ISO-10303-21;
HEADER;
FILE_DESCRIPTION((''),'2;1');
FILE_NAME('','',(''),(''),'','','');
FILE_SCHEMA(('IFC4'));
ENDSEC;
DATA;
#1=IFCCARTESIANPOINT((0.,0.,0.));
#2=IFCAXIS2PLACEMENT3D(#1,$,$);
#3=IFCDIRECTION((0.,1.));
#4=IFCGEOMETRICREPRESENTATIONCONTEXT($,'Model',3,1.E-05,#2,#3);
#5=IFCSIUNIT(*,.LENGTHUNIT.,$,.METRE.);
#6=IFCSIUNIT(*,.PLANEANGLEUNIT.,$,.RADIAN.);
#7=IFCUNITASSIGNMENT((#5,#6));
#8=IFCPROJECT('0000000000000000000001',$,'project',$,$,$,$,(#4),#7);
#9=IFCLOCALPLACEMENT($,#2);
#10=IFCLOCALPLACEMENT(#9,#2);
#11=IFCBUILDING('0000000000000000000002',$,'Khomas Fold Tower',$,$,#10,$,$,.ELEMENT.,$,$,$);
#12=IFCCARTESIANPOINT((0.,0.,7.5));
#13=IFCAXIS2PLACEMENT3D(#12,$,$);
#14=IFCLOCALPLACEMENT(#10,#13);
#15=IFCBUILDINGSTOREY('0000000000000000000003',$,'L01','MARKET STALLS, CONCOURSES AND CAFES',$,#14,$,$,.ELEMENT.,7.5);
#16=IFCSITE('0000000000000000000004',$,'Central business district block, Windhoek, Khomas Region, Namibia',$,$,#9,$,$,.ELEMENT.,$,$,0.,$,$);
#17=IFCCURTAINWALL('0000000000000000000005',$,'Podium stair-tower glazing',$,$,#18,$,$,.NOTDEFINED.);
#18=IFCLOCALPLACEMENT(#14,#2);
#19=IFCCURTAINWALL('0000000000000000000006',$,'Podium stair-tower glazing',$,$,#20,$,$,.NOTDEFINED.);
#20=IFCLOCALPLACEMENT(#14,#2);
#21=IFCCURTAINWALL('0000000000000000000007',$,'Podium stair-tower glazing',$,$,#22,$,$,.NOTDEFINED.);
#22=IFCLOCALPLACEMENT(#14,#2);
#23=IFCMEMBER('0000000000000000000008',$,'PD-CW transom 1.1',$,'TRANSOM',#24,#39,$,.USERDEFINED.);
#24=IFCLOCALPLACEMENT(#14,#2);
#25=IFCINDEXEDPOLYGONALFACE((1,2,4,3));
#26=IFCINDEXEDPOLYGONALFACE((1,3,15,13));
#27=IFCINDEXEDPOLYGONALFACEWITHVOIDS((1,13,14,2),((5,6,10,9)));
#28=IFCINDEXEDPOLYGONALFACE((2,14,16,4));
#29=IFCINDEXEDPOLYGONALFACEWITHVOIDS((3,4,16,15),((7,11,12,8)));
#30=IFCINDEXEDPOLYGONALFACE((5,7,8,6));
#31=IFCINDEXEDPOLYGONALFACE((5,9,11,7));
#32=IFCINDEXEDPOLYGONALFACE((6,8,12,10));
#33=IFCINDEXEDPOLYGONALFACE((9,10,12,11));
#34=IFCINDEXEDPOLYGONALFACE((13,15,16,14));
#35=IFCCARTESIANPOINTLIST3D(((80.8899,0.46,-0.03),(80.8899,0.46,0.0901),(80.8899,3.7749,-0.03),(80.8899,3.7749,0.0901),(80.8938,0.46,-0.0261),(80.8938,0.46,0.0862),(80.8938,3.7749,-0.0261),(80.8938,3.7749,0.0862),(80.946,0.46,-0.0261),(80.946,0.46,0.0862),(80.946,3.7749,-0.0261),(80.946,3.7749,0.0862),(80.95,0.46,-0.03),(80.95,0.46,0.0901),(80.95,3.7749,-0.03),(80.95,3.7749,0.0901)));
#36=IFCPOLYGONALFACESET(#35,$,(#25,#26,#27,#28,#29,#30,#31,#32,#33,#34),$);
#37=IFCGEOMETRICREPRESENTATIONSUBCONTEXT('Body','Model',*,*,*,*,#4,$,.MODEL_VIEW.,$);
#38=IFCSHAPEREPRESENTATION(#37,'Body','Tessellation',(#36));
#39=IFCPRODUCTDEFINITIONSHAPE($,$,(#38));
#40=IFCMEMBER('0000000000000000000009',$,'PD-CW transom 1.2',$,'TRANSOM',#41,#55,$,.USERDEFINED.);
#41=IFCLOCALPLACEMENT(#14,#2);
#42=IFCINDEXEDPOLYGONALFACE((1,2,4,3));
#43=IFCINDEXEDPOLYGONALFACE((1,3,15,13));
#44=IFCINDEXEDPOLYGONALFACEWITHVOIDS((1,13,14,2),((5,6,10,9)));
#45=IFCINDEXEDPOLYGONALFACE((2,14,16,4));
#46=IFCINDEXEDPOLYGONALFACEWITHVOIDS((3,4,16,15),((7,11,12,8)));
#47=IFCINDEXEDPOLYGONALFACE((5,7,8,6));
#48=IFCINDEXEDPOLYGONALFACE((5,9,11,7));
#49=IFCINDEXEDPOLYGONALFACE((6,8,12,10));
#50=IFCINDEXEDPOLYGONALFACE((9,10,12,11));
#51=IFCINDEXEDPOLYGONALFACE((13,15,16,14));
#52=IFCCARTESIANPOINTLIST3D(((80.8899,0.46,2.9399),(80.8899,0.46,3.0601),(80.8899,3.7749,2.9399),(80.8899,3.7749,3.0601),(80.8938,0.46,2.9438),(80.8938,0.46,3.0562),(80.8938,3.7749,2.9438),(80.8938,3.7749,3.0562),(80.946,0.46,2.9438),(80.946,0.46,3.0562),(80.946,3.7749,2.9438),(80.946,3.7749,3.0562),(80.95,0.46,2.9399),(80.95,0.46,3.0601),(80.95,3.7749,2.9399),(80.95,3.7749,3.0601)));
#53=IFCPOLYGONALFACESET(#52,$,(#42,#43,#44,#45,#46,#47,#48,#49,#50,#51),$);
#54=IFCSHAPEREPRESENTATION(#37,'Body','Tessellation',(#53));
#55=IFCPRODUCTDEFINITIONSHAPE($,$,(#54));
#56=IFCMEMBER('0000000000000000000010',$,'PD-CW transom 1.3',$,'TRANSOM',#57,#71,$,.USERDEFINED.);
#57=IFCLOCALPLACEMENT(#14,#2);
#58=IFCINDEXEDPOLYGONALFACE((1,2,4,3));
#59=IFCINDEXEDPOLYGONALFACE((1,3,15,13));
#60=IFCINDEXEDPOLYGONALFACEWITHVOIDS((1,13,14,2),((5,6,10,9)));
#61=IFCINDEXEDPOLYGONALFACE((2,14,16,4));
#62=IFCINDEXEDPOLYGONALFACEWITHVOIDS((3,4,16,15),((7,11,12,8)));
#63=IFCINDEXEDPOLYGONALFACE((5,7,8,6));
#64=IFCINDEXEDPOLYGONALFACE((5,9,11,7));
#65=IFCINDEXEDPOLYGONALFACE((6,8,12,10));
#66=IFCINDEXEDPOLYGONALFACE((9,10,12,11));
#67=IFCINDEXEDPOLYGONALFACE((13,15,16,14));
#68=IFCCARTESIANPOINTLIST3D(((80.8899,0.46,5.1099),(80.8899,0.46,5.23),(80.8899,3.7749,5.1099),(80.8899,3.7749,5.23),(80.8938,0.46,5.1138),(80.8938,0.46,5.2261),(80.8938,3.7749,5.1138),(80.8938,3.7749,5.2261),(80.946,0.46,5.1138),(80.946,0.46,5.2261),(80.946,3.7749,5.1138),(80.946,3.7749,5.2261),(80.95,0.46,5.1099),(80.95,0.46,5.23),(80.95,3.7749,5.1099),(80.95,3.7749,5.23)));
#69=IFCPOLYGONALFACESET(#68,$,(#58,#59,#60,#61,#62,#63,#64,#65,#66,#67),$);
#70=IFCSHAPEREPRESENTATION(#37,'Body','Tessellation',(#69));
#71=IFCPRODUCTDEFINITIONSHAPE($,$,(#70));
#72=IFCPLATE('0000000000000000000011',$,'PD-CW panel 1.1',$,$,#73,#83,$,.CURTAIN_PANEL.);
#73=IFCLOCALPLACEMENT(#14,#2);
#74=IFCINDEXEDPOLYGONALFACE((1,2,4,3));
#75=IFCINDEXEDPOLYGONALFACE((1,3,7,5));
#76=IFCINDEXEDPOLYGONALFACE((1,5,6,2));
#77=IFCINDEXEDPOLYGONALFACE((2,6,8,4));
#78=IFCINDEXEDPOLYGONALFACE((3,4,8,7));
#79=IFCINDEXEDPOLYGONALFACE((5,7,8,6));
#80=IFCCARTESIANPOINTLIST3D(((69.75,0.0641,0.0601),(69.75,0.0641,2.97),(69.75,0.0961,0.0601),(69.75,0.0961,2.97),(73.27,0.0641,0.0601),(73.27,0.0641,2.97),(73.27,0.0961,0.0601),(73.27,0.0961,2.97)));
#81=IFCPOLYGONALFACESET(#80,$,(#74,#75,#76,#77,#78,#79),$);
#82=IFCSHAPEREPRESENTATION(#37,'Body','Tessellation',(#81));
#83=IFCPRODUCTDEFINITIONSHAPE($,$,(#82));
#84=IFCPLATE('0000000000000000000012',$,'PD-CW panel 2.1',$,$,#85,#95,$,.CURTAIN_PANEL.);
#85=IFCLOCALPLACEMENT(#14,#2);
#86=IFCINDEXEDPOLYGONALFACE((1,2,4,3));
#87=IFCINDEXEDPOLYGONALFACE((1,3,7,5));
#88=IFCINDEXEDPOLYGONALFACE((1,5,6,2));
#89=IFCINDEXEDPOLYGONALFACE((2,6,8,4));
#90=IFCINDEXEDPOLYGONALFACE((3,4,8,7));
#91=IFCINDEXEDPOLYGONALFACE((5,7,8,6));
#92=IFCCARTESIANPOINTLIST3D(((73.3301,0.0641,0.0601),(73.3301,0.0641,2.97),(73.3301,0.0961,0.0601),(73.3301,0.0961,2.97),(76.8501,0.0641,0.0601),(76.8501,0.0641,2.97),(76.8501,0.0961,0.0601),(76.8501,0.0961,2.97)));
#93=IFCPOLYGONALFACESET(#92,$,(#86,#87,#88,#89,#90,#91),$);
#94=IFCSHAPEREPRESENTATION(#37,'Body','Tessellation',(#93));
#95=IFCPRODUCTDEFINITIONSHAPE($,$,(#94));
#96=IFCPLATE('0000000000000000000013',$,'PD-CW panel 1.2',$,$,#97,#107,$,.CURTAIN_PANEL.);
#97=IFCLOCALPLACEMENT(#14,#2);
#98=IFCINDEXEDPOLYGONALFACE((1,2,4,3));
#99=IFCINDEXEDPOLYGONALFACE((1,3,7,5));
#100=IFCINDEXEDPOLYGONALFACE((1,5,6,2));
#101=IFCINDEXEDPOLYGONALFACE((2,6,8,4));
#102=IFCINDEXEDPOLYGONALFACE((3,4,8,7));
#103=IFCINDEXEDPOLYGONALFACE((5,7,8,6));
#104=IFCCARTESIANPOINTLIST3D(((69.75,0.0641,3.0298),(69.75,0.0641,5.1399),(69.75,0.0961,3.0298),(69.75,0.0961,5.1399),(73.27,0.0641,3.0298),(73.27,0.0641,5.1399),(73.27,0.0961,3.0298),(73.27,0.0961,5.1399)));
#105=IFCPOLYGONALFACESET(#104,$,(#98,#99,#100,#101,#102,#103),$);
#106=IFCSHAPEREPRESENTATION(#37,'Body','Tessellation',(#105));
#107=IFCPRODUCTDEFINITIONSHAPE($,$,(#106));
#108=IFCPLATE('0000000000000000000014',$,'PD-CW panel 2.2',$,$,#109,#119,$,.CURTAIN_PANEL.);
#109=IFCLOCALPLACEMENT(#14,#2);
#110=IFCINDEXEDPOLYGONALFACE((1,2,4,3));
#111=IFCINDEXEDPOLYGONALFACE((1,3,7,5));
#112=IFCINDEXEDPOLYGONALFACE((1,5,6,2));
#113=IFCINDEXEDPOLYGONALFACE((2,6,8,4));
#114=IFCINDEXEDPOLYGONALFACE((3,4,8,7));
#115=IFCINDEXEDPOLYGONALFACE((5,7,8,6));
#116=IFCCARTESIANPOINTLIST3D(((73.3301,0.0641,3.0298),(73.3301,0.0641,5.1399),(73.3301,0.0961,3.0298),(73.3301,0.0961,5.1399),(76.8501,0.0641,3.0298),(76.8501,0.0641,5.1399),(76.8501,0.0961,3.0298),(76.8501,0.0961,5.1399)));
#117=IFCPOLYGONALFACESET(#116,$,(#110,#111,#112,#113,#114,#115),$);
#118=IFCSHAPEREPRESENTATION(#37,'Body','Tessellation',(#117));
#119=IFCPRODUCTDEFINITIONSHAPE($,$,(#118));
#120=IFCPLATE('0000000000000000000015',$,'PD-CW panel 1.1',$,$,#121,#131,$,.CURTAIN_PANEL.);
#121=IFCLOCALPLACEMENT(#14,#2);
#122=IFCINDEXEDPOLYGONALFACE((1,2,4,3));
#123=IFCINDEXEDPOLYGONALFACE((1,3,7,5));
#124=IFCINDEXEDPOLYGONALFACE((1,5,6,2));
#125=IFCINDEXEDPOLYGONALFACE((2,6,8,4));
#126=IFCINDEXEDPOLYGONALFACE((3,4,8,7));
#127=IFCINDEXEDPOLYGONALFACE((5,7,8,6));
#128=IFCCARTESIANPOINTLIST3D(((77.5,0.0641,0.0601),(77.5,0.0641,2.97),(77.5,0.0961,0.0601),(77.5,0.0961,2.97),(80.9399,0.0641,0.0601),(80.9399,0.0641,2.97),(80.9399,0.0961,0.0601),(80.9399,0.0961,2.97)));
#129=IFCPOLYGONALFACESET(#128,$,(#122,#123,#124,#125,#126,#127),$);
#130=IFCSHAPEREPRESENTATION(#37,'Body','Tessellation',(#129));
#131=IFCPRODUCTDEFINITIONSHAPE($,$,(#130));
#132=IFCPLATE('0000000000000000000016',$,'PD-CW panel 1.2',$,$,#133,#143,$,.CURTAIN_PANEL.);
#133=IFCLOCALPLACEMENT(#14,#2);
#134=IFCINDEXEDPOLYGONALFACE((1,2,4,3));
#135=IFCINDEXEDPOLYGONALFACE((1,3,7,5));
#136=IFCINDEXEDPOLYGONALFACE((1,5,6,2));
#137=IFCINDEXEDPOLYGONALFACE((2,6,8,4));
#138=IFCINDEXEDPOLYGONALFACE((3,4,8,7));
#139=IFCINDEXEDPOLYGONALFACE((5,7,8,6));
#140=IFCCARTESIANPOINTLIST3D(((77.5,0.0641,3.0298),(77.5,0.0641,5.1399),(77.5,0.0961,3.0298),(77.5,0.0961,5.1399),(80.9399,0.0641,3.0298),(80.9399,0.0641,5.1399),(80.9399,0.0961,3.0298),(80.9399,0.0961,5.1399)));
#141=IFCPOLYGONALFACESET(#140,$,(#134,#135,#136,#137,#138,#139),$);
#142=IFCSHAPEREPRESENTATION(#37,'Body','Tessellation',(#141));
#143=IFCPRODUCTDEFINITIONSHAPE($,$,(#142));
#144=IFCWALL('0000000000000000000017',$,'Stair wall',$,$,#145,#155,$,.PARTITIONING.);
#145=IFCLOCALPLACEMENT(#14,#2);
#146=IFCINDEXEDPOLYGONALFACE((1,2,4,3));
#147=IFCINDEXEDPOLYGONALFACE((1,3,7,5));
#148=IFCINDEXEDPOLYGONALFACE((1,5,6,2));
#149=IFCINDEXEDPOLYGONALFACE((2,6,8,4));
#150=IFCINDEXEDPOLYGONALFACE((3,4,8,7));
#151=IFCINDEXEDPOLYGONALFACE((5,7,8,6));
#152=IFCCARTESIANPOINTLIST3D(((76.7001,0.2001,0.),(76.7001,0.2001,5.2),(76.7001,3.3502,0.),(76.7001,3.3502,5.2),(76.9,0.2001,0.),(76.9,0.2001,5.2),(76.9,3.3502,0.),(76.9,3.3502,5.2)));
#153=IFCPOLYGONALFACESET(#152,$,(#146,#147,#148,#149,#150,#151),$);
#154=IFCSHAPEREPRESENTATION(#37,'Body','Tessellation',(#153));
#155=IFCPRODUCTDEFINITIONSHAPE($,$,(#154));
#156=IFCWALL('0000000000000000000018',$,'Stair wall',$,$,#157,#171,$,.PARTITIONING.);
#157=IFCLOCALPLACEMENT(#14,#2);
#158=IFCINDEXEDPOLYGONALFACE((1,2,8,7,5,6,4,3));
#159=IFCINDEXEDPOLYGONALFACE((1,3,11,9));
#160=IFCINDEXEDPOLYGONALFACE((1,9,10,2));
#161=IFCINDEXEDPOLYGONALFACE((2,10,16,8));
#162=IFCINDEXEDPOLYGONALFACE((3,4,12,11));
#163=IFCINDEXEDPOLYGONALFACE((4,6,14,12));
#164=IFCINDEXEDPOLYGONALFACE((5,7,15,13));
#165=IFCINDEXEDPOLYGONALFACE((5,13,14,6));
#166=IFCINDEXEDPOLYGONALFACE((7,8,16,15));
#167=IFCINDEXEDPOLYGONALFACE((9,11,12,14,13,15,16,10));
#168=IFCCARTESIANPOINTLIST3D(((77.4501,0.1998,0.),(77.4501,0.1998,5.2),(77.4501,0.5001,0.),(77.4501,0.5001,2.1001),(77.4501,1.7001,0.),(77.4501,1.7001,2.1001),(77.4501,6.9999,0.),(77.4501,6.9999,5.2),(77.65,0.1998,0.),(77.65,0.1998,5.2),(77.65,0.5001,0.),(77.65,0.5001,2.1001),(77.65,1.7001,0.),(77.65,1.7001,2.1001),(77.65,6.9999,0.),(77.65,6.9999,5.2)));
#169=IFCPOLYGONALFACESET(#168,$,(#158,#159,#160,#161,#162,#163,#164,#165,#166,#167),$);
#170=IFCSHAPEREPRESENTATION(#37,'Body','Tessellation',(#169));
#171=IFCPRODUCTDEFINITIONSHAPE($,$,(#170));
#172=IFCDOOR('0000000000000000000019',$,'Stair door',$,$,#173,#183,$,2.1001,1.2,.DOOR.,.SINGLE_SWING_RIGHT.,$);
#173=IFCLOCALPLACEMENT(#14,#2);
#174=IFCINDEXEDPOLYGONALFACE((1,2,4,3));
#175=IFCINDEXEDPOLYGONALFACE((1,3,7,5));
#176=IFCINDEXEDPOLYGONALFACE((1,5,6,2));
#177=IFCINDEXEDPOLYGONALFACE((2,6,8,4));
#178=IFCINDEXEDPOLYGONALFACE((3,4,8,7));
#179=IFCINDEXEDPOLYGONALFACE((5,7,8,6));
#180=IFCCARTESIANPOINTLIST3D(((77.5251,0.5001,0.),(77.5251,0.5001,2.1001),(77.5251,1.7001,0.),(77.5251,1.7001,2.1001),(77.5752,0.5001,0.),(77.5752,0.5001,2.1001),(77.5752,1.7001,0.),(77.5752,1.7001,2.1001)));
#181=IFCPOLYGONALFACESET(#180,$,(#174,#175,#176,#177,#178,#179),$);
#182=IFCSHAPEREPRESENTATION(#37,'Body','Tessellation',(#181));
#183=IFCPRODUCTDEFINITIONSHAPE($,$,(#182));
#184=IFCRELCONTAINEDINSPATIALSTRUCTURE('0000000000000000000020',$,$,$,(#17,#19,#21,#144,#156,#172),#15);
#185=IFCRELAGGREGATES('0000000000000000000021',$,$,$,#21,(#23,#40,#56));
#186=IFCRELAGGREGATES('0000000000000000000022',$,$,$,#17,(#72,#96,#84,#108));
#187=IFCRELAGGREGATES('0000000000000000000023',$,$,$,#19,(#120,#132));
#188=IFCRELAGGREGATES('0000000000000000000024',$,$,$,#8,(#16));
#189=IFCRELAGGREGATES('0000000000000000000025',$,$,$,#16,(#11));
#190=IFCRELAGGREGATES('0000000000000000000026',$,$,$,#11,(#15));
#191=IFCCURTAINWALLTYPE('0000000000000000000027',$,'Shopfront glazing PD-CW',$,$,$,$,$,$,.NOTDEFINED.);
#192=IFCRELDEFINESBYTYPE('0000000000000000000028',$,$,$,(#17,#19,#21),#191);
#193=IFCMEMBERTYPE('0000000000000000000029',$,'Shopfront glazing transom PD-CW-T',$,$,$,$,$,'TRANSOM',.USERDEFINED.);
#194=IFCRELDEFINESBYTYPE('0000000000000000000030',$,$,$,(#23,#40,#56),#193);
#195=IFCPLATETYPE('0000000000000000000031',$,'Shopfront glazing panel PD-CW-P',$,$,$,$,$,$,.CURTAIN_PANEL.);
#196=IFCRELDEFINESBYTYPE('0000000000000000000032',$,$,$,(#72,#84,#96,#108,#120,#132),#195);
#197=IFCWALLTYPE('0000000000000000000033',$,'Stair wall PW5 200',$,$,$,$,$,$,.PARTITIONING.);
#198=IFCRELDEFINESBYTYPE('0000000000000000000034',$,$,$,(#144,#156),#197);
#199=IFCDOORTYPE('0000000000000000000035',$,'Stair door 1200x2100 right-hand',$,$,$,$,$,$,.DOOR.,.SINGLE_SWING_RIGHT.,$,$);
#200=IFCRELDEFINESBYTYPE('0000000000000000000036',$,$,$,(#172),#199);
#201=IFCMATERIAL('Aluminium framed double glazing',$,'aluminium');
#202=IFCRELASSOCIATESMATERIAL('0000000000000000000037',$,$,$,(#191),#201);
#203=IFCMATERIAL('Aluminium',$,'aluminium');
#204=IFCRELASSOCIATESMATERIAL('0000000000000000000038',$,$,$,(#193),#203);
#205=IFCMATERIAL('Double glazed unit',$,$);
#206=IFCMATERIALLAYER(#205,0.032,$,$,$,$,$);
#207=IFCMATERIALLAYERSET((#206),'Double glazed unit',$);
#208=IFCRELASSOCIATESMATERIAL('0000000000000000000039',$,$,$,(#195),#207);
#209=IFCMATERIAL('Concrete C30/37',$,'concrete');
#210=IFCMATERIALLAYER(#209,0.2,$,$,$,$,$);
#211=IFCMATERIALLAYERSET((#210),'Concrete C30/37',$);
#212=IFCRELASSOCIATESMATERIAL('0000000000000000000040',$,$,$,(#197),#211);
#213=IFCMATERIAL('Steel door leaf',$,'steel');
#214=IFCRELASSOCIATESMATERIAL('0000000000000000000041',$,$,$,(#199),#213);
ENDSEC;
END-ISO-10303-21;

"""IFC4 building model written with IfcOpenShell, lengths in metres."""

from ifc_helpers import new_model, si_unit, direction, frame, frame_2d, origin, origin_2d, place, context, subcontext, project, spatial, rectangle, hollow_rectangle, extrude, source, transform, mapped, material, layer, layer_set, material_profile, profile_set, type_object, element, fill, aggregate, save


model = new_model("IFC4")

# Units and contexts
model_context = context("Model", 3, precision=1e-05, world=origin(), true_north=direction((0.0, 1.0)))
body_context = subcontext(model_context, "Body", "Model", "MODEL_VIEW")
ifc_project = project(units=[si_unit("LENGTHUNIT", "METRE"), si_unit("PLANEANGLEUNIT", "RADIAN")], contexts=[model_context])

# Site, building, storey
site_placement = place(None, origin())
site = spatial("IfcSite", under=ifc_project, at=site_placement, Name="Central business district block, Windhoek, Khomas Region, Namibia", CompositionType="ELEMENT", RefElevation=0.0)
building_placement = place(site_placement, origin())
building = spatial("IfcBuilding", under=site, at=building_placement, Name="Khomas Fold Tower", CompositionType="ELEMENT")
storey_placement = place(building_placement, frame((0.0, 0.0, 7.5)))
storey = spatial("IfcBuildingStorey", under=building, at=storey_placement, Name="L01", Description="MARKET STALLS, CONCOURSES AND CAFES", CompositionType="ELEMENT", Elevation=7.5)

# Curtain walls
ifc_material_1 = material(Name="Aluminium framed double glazing", Category="aluminium")
curtain_wall_type = type_object("IfcCurtainWallType", Name="Shopfront glazing PD-CW", PredefinedType="NOTDEFINED", material=ifc_material_1)
curtain_wall_1_placement = place(storey_placement, origin())
curtain_wall_1 = element("IfcCurtainWall", 1, at=curtain_wall_1_placement, inside=storey, type_object=curtain_wall_type, Name="Podium stair-tower glazing", PredefinedType="NOTDEFINED")
curtain_wall_2_placement = place(storey_placement, origin())
curtain_wall_2 = element("IfcCurtainWall", 2, at=curtain_wall_2_placement, inside=storey, type_object=curtain_wall_type, Name="Podium stair-tower glazing", PredefinedType="NOTDEFINED")

# Curtain wall
curtain_wall_3_placement = place(storey_placement, origin())
curtain_wall_3 = element("IfcCurtainWall", 3, at=curtain_wall_3_placement, inside=storey, type_object=curtain_wall_type, Name="Podium stair-tower glazing", PredefinedType="NOTDEFINED")

# Members
ifc_material_2 = material(Name="Aluminium", Category="aluminium")
ifc_material_profile_1 = material_profile(ifc_material_2, hollow_rectangle(XDim=0.0601, YDim=0.1201, WallThickness=0.0039, at=origin_2d()), Name="Shopfront glazing transom PD-CW-T")
ifc_profile_set_1 = profile_set([ifc_material_profile_1], Name="Aluminium")
member_type_1 = type_object("IfcMemberType", Name="Shopfront glazing transom PD-CW-T", ElementType="TRANSOM", PredefinedType="USERDEFINED", material=ifc_profile_set_1)
shared_shape_1 = source(origin(), body_context, "Body", "SweptSolid", [
    extrude(hollow_rectangle(XDim=0.0601, YDim=0.1201, WallThickness=0.0039, at=origin_2d()), origin(), (0.0, 0.0, 1.0), 3.3149),
])
member_1_placement = place(storey_placement, frame((80.9199, 0.46, 0.03), z_axis=(0.0, 1.0, 0.0), x_axis=(-1.0, 0.0, 0.0)))
member_1 = element("IfcMember", 4, at=member_1_placement, type_object=member_type_1, Name="PD-CW transom 1.1", ObjectType="TRANSOM", PredefinedType="USERDEFINED", context=body_context, shape_type="MappedRepresentation", body=[
    mapped(shared_shape_1, transform((0.0, 0.0, 0.0))),
])
member_2_placement = place(storey_placement, frame((80.9199, 0.46, 3.0), z_axis=(0.0, 1.0, 0.0), x_axis=(-1.0, 0.0, 0.0)))
member_2 = element("IfcMember", 5, at=member_2_placement, type_object=member_type_1, Name="PD-CW transom 1.2", ObjectType="TRANSOM", PredefinedType="USERDEFINED", context=body_context, shape_type="MappedRepresentation", body=[
    mapped(shared_shape_1, transform((0.0, 0.0, 0.0))),
])
member_3_placement = place(storey_placement, frame((80.9199, 0.46, 5.1699), z_axis=(0.0, 1.0, 0.0), x_axis=(-1.0, 0.0, 0.0)))
member_3 = element("IfcMember", 6, at=member_3_placement, type_object=member_type_1, Name="PD-CW transom 1.3", ObjectType="TRANSOM", PredefinedType="USERDEFINED", context=body_context, shape_type="MappedRepresentation", body=[
    mapped(shared_shape_1, transform((0.0, 0.0, 0.0))),
])
aggregate(curtain_wall_3, [member_1, member_2, member_3])

# Plates
ifc_material_3 = material(Name="Double glazed unit")
ifc_layer_1 = layer(ifc_material_3, 0.032)
ifc_layer_set_1 = layer_set([ifc_layer_1], Name="Double glazed unit")
plate_type = type_object("IfcPlateType", Name="Shopfront glazing panel PD-CW-P", PredefinedType="CURTAIN_PANEL", material=ifc_layer_set_1)
shared_shape_2 = source(origin(), body_context, "Body", "SweptSolid", [
    extrude(rectangle(XDim=3.52, YDim=0.032, at=origin_2d()), origin(), (0.0, 0.0, 1.0), 2.9099),
])
plate_1_placement = place(storey_placement, frame((71.51, 0.0801, 0.0601), z_axis=(0.0, 0.0, 1.0), x_axis=(1.0, 0.0, 0.0)))
plate_1 = element("IfcPlate", 7, at=plate_1_placement, type_object=plate_type, Name="PD-CW panel 1.1", PredefinedType="CURTAIN_PANEL", context=body_context, shape_type="MappedRepresentation", body=[
    mapped(shared_shape_2, transform((0.0, 0.0, 0.0))),
])
plate_2_placement = place(storey_placement, frame((75.0901, 0.0801, 0.0601), z_axis=(0.0, 0.0, 1.0), x_axis=(1.0, 0.0, 0.0)))
plate_2 = element("IfcPlate", 8, at=plate_2_placement, type_object=plate_type, Name="PD-CW panel 2.1", PredefinedType="CURTAIN_PANEL", context=body_context, shape_type="MappedRepresentation", body=[
    mapped(shared_shape_2, transform((0.0, 0.0, 0.0))),
])
shared_shape_3 = source(origin(), body_context, "Body", "SweptSolid", [
    extrude(rectangle(XDim=3.52, YDim=0.032, at=origin_2d()), origin(), (0.0, 0.0, 1.0), 2.1101),
])
plate_3_placement = place(storey_placement, frame((71.51, 0.0801, 3.0298), z_axis=(0.0, 0.0, 1.0), x_axis=(1.0, 0.0, 0.0)))
plate_3 = element("IfcPlate", 9, at=plate_3_placement, type_object=plate_type, Name="PD-CW panel 1.2", PredefinedType="CURTAIN_PANEL", context=body_context, shape_type="MappedRepresentation", body=[
    mapped(shared_shape_3, transform((0.0, 0.0, 0.0))),
])
plate_4_placement = place(storey_placement, frame((75.0901, 0.0801, 3.0298), z_axis=(0.0, 0.0, 1.0), x_axis=(1.0, 0.0, 0.0)))
plate_4 = element("IfcPlate", 10, at=plate_4_placement, type_object=plate_type, Name="PD-CW panel 2.2", PredefinedType="CURTAIN_PANEL", context=body_context, shape_type="MappedRepresentation", body=[
    mapped(shared_shape_3, transform((0.0, 0.0, 0.0))),
])
aggregate(curtain_wall_1, [plate_1, plate_3, plate_2, plate_4])
shared_shape_4 = source(origin(), body_context, "Body", "SweptSolid", [
    extrude(rectangle(XDim=3.4399, YDim=0.032, at=origin_2d()), origin(), (0.0, 0.0, 1.0), 2.9099),
])
plate_5_placement = place(storey_placement, frame((79.22, 0.0801, 0.0601), z_axis=(0.0, 0.0, 1.0), x_axis=(1.0, 0.0, 0.0)))
plate_5 = element("IfcPlate", 11, at=plate_5_placement, type_object=plate_type, Name="PD-CW panel 1.1", PredefinedType="CURTAIN_PANEL", context=body_context, shape_type="MappedRepresentation", body=[
    mapped(shared_shape_4, transform((0.0, 0.0, 0.0))),
])
shared_shape_5 = source(origin(), body_context, "Body", "SweptSolid", [
    extrude(rectangle(XDim=3.4399, YDim=0.032, at=origin_2d()), origin(), (0.0, 0.0, 1.0), 2.1101),
])
plate_6_placement = place(storey_placement, frame((79.22, 0.0801, 3.0298), z_axis=(0.0, 0.0, 1.0), x_axis=(1.0, 0.0, 0.0)))
plate_6 = element("IfcPlate", 12, at=plate_6_placement, type_object=plate_type, Name="PD-CW panel 1.2", PredefinedType="CURTAIN_PANEL", context=body_context, shape_type="MappedRepresentation", body=[
    mapped(shared_shape_5, transform((0.0, 0.0, 0.0))),
])
aggregate(curtain_wall_2, [plate_5, plate_6])

# Wall
ifc_material_4 = material(Name="Concrete C30/37", Category="concrete")
ifc_layer_2 = layer(ifc_material_4, 0.2)
ifc_layer_set_2 = layer_set([ifc_layer_2], Name="Concrete C30/37")
wall_type = type_object("IfcWallType", Name="Stair wall PW5 200", PredefinedType="PARTITIONING", material=ifc_layer_set_2)
shared_shape_6 = source(origin(), body_context, "Body", "SweptSolid", [
    extrude(rectangle(XDim=3.1501, YDim=0.2, at=frame_2d((1.5752, 0.0))), origin(), (0.0, 0.0, 1.0), 5.2),
])
wall_1_placement = place(storey_placement, frame((76.8, 0.2, 0.0), z_axis=(0.0, 0.0, 1.0), x_axis=(0.0, 1.0, 0.0)))
element("IfcWall", 13, at=wall_1_placement, inside=storey, type_object=wall_type, Name="Stair wall", PredefinedType="PARTITIONING", context=body_context, shape_type="MappedRepresentation", body=[
    mapped(shared_shape_6, transform((0.0, 0.0, 0.0))),
])

# Wall, opening, door
shared_shape_7 = source(origin(), body_context, "Body", "SweptSolid", [
    extrude(rectangle(XDim=6.8, YDim=0.2, at=frame_2d((3.3999, 0.0))), origin(), (0.0, 0.0, 1.0), 5.2),
])
wall_2_placement = place(storey_placement, frame((77.55, 0.2, 0.0), z_axis=(0.0, 0.0, 1.0), x_axis=(0.0, 1.0, 0.0)))
wall_2 = element("IfcWall", 14, at=wall_2_placement, inside=storey, type_object=wall_type, Name="Stair wall", PredefinedType="PARTITIONING", context=body_context, shape_type="MappedRepresentation", body=[
    mapped(shared_shape_7, transform((0.0, 0.0, 0.0))),
])
shared_shape_8 = source(origin(), body_context, "Body", "SweptSolid", [
    extrude(rectangle(XDim=1.2, YDim=2.1001, at=frame_2d((0.6001, 1.05))), frame((0.0, 0.1099, 0.0), z_axis=(0.0, -1.0, 0.0), x_axis=(1.0, 0.0, 0.0)), (0.0, 0.0, 1.0), 0.22),
])
opening_placement = place(wall_2_placement, frame((0.3, 0.0, 0.0)))
opening = element("IfcOpeningElement", 15, at=opening_placement, cuts=wall_2, PredefinedType="OPENING", context=body_context, shape_type="MappedRepresentation", body=[
    mapped(shared_shape_8, transform((0.0, 0.0, 0.0))),
])
ifc_material_5 = material(Name="Steel door leaf", Category="steel")
door_type = type_object("IfcDoorType", Name="Stair door 1200x2100 right-hand", OperationType="SINGLE_SWING_RIGHT", PredefinedType="DOOR", material=ifc_material_5)
shared_shape_9 = source(origin(), body_context, "Body", "SweptSolid", [
    extrude(rectangle(XDim=1.2, YDim=2.1001, at=frame_2d((0.6001, 1.05))), frame((0.0, 0.0249, 0.0), z_axis=(0.0, -1.0, 0.0), x_axis=(1.0, 0.0, 0.0)), (0.0, 0.0, 1.0), 0.05),
])
door_placement = place(opening_placement, origin())
door = element("IfcDoor", 16, at=door_placement, inside=storey, type_object=door_type, Name="Stair door", OperationType="SINGLE_SWING_RIGHT", OverallHeight=2.1001, OverallWidth=1.2, PredefinedType="DOOR", context=body_context, shape_type="MappedRepresentation", body=[
    mapped(shared_shape_9, transform((0.0, 0.0, 0.0))),
])
fill(opening, door)

save(model, "model.ifc")
